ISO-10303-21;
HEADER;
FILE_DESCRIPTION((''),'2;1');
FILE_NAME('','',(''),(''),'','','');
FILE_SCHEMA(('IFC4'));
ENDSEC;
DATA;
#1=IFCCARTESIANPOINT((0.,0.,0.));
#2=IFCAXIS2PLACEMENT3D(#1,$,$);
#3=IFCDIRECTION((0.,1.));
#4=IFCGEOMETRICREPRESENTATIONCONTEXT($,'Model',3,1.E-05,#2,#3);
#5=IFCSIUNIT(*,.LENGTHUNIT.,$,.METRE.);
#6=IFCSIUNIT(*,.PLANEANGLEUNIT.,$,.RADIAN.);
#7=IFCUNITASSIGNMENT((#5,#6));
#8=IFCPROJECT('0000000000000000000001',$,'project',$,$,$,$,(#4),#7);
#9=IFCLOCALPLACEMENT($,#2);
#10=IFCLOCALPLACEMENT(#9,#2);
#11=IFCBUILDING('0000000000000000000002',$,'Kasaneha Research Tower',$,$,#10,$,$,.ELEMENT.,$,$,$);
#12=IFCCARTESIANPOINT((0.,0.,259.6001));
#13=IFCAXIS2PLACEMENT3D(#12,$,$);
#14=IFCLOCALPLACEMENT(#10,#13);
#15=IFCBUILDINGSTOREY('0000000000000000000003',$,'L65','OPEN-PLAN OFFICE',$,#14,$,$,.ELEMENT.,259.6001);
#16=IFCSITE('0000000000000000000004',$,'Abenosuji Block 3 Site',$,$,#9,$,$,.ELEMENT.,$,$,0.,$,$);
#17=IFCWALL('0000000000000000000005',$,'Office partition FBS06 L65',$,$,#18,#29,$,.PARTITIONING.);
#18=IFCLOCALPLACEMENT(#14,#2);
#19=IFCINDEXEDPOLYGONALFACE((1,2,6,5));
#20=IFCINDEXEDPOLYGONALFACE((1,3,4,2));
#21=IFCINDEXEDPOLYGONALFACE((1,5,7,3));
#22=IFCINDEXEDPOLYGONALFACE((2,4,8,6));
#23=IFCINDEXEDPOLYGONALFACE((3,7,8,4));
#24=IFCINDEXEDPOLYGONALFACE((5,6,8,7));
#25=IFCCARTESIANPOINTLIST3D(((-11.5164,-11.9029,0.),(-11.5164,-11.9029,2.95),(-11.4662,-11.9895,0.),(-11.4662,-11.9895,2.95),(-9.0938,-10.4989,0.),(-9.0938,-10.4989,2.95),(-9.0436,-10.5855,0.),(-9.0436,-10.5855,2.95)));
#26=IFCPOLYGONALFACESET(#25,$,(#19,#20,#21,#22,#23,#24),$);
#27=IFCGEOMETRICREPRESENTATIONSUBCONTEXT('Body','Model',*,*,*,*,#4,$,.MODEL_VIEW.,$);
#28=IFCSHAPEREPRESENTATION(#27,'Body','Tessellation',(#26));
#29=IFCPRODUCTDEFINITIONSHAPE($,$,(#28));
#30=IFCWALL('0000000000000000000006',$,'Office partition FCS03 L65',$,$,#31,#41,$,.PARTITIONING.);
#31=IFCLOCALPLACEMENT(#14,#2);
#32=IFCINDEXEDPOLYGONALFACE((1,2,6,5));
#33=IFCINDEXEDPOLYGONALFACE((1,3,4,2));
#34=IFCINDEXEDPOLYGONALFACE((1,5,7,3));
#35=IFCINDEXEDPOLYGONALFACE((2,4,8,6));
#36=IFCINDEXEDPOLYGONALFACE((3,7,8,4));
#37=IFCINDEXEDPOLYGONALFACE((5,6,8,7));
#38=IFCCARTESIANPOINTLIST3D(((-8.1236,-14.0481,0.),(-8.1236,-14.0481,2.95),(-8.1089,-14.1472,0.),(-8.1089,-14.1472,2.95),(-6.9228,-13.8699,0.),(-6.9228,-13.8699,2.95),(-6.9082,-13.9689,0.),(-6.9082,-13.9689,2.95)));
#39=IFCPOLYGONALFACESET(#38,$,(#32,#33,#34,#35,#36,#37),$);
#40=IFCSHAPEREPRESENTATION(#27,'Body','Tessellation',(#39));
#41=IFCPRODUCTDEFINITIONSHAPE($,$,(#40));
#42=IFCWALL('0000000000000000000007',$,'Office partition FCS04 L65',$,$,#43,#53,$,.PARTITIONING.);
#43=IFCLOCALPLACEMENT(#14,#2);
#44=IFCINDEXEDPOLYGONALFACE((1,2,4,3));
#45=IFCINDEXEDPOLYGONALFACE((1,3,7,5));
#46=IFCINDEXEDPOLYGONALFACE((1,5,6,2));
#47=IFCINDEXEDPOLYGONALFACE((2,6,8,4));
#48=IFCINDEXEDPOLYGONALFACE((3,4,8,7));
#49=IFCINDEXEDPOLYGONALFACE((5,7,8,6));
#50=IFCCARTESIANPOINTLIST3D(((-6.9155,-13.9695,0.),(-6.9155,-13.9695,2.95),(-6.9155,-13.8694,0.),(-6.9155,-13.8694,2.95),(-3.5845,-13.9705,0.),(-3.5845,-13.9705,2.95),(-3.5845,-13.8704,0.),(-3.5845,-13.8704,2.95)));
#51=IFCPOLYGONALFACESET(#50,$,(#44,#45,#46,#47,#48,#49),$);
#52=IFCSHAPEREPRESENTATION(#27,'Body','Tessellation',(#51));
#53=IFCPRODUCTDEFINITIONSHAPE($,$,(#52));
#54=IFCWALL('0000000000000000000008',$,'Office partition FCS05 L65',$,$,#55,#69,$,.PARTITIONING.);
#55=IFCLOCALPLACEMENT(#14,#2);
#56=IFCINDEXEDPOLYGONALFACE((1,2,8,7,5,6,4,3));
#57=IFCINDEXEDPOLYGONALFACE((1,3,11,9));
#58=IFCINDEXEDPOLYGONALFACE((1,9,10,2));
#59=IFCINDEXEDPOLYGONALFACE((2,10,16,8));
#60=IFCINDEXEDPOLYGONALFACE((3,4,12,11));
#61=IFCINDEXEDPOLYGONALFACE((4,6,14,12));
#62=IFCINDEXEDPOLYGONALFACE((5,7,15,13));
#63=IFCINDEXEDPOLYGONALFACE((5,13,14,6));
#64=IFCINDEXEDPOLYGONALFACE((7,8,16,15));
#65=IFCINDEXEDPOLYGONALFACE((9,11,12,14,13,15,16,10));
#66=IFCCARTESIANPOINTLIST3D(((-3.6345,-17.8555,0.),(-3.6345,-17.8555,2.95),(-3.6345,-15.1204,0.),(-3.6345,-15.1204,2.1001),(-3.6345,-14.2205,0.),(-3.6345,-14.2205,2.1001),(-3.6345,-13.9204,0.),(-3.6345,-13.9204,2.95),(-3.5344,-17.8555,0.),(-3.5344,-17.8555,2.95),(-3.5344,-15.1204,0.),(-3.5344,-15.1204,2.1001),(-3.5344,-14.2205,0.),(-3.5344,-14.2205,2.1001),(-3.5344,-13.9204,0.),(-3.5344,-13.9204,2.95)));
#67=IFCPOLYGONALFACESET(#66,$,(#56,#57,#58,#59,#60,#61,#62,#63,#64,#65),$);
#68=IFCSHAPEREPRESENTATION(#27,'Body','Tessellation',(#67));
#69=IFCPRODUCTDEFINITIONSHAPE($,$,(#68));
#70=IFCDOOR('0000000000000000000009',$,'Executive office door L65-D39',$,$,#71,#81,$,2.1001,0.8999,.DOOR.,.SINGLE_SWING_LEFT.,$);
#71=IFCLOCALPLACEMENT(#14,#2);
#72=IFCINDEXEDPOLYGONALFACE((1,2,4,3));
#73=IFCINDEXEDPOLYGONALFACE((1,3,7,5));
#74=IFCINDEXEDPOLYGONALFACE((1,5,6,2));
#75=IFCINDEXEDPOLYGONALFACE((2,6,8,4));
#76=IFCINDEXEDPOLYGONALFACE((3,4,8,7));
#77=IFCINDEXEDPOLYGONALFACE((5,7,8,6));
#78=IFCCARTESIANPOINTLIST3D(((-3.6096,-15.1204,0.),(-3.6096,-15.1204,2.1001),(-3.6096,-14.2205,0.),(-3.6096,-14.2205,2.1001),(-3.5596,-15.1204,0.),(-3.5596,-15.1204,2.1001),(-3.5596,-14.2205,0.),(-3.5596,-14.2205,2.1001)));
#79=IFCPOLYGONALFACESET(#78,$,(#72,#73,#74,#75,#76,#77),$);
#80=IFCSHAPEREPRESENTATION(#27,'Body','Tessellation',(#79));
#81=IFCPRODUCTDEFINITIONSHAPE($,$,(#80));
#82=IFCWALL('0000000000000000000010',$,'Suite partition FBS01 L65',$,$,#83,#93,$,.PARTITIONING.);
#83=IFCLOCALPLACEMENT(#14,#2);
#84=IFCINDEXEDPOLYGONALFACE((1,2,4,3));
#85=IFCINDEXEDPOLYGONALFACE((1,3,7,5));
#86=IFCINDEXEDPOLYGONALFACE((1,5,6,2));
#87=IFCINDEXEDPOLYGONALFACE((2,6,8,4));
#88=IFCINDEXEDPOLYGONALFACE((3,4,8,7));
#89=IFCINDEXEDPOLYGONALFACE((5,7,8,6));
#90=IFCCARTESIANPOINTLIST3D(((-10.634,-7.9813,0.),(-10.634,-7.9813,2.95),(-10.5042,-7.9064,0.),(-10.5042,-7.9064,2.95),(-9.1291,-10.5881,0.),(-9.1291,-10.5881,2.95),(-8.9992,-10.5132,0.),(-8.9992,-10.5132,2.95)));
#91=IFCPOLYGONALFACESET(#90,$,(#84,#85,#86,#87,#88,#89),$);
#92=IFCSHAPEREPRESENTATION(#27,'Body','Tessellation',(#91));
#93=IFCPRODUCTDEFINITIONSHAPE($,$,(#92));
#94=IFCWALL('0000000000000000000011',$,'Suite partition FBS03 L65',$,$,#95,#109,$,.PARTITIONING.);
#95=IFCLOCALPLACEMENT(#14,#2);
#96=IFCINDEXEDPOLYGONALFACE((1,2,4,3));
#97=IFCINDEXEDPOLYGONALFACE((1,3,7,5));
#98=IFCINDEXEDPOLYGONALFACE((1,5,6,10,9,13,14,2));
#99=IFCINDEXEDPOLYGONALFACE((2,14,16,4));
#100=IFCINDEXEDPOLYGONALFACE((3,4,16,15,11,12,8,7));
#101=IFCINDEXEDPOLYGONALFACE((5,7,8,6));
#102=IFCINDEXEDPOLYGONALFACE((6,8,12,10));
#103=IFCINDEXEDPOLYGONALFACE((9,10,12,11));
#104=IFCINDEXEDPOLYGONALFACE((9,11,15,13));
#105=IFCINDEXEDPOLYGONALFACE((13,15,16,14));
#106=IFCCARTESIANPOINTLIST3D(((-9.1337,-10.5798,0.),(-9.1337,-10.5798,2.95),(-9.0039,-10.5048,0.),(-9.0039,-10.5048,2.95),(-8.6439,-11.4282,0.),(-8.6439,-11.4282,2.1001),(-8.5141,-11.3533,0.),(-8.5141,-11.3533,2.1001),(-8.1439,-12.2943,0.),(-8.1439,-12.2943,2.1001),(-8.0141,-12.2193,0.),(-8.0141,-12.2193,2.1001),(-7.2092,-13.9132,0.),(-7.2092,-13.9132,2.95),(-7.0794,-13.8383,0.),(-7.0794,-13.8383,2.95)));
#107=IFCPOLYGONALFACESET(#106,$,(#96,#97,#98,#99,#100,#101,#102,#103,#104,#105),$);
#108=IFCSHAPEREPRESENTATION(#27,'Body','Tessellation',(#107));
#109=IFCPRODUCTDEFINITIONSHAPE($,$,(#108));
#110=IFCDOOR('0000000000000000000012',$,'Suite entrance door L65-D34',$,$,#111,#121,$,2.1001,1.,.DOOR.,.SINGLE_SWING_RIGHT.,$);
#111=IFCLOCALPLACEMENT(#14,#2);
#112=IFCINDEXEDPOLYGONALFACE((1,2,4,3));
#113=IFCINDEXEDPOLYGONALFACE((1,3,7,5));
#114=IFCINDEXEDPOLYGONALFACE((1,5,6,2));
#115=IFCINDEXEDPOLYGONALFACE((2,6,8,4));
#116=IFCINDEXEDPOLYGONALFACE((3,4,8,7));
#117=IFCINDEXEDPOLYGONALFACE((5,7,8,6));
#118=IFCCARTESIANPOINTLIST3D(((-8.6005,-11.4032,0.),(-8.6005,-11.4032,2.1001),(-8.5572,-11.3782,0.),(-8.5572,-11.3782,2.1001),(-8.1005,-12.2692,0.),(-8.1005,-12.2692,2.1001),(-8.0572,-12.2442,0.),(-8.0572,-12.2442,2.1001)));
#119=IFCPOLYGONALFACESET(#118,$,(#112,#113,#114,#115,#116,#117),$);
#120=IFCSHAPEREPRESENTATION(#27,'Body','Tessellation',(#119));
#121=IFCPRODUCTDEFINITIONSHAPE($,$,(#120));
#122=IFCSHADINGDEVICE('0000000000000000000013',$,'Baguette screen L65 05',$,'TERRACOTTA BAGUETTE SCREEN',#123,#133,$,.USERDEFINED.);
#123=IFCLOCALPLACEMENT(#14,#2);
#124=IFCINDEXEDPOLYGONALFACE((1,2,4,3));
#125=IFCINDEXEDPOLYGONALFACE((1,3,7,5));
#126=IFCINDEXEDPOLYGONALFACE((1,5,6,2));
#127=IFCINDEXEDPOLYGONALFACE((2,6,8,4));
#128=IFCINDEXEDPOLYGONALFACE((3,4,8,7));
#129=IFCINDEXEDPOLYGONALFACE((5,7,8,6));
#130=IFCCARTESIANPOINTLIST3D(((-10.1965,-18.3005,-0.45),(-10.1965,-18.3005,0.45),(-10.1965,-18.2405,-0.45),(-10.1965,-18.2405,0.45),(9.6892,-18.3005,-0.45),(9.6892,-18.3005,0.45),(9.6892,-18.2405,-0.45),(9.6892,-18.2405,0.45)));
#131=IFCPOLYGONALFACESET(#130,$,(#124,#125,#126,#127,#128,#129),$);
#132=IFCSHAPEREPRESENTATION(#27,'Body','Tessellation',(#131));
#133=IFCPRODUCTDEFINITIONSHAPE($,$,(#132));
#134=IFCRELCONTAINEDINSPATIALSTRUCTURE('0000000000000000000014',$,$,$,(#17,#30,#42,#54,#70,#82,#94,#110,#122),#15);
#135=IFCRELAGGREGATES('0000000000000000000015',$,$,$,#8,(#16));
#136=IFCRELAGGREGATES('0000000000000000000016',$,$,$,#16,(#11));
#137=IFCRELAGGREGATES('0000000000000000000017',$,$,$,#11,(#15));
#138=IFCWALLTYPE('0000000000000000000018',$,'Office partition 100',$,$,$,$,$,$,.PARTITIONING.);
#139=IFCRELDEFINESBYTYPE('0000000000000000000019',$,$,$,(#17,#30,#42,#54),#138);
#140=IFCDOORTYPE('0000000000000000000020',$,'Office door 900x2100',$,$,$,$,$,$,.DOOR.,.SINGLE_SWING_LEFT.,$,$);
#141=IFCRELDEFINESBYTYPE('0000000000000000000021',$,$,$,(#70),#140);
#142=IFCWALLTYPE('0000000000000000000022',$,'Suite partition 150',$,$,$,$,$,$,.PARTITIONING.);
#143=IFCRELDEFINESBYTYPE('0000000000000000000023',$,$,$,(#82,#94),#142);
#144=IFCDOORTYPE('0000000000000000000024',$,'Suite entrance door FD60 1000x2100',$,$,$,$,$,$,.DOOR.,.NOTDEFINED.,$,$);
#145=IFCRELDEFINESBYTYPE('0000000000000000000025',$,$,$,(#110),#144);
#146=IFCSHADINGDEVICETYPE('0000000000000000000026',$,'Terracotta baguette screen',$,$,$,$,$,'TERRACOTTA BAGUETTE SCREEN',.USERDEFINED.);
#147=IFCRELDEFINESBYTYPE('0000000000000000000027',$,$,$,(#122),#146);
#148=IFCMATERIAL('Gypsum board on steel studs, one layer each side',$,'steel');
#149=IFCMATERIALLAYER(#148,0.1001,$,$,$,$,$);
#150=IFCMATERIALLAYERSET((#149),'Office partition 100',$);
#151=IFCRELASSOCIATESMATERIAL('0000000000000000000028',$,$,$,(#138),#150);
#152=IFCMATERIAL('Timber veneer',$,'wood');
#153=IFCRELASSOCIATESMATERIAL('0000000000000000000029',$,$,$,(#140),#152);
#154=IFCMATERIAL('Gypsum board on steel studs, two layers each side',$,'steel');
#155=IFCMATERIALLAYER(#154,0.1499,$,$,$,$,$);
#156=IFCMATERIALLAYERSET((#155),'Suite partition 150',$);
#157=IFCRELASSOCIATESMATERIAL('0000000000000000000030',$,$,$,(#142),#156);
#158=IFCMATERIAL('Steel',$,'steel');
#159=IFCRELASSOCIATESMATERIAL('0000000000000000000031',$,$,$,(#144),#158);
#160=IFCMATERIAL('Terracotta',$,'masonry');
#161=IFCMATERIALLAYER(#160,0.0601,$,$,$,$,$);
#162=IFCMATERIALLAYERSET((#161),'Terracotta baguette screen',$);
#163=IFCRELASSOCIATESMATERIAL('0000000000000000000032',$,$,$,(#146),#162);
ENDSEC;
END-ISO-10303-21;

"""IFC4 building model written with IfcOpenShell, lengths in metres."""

from ifc_helpers import new_model, si_unit, direction, frame, frame_2d, origin, origin_2d, place, context, subcontext, project, spatial, rectangle, extrude, material, layer, layer_set, type_object, element, fill, save


model = new_model("IFC4")

# Units and contexts
model_context = context("Model", 3, precision=1e-05, world=origin(), true_north=direction((0.0, 1.0)))
body_context = subcontext(model_context, "Body", "Model", "MODEL_VIEW")
ifc_project = project(units=[si_unit("LENGTHUNIT", "METRE"), si_unit("PLANEANGLEUNIT", "RADIAN")], contexts=[model_context])

# Site, building, storey
site_placement = place(None, origin())
site = spatial("IfcSite", under=ifc_project, at=site_placement, Name="Abenosuji Block 3 Site", CompositionType="ELEMENT", RefElevation=0.0)
building_placement = place(site_placement, origin())
building = spatial("IfcBuilding", under=site, at=building_placement, Name="Kasaneha Research Tower", CompositionType="ELEMENT")
storey_placement = place(building_placement, frame((0.0, 0.0, 259.6001)))
storey = spatial("IfcBuildingStorey", under=building, at=storey_placement, Name="L65", Description="OPEN-PLAN OFFICE", CompositionType="ELEMENT", Elevation=259.6001)

# Walls
ifc_material_1 = material(Name="Gypsum board on steel studs, one layer each side", Category="steel")
ifc_layer_1 = layer(ifc_material_1, 0.1001)
ifc_layer_set_1 = layer_set([ifc_layer_1], Name="Office partition 100")
wall_type_1 = type_object("IfcWallType", Name="Office partition 100", PredefinedType="PARTITIONING", material=ifc_layer_set_1)
wall_1_placement = place(storey_placement, frame((-9.0688, -10.5422, 0.0), z_axis=(0.0, 0.0, 1.0), x_axis=(-0.865195, -0.501435, 0.0)))
element("IfcWall", 1, at=wall_1_placement, inside=storey, type_object=wall_type_1, Name="Office partition FBS06 L65", PredefinedType="PARTITIONING", context=body_context, shape_type="SweptSolid", body=[
    extrude(rectangle(XDim=2.8, YDim=0.1001, at=frame_2d((1.3999, 0.0))), origin(), (0.0, 0.0, 1.0), 2.95),
])
wall_2_placement = place(storey_placement, frame((-8.1162, -14.0977, 0.0), z_axis=(0.0, 0.0, 1.0), x_axis=(0.989162, 0.146826, 0.0)))
element("IfcWall", 2, at=wall_2_placement, inside=storey, type_object=wall_type_1, Name="Office partition FCS03 L65", PredefinedType="PARTITIONING", context=body_context, shape_type="SweptSolid", body=[
    extrude(rectangle(XDim=1.2139, YDim=0.1001, at=frame_2d((0.6069, 0.0))), origin(), (0.0, 0.0, 1.0), 2.95),
])
wall_3_placement = place(storey_placement, frame((-6.9155, -13.9194, 0.0), z_axis=(0.0, 0.0, 1.0), x_axis=(1.0, -0.000293, 0.0)))
element("IfcWall", 3, at=wall_3_placement, inside=storey, type_object=wall_type_1, Name="Office partition FCS04 L65", PredefinedType="PARTITIONING", context=body_context, shape_type="SweptSolid", body=[
    extrude(rectangle(XDim=3.3311, YDim=0.1001, at=frame_2d((1.6655, 0.0))), origin(), (0.0, 0.0, 1.0), 2.95),
])

# Wall, opening, door
wall_4_placement = place(storey_placement, frame((-3.5845, -13.9204, 0.0), z_axis=(0.0, 0.0, 1.0), x_axis=(0.0, -1.0, 0.0)))
wall_4 = element("IfcWall", 4, at=wall_4_placement, inside=storey, type_object=wall_type_1, Name="Office partition FCS05 L65", PredefinedType="PARTITIONING", context=body_context, shape_type="SweptSolid", body=[
    extrude(rectangle(XDim=3.9351, YDim=0.1001, at=frame_2d((1.9675, 0.0))), origin(), (0.0, 0.0, 1.0), 2.95),
])
opening_1_placement = place(wall_4_placement, frame((0.3, 0.0, 0.0)))
opening_1 = element("IfcOpeningElement", 5, at=opening_1_placement, cuts=wall_4, PredefinedType="OPENING", context=body_context, shape_type="SweptSolid", body=[
    extrude(rectangle(XDim=0.8999, YDim=2.1001, at=frame_2d((0.45, 1.05))), frame((0.0, 0.0601, 0.0), z_axis=(0.0, -1.0, 0.0), x_axis=(1.0, 0.0, 0.0)), (0.0, 0.0, 1.0), 0.1201),
])
ifc_material_2 = material(Name="Timber veneer", Category="wood")
door_type_1 = type_object("IfcDoorType", Name="Office door 900x2100", OperationType="SINGLE_SWING_LEFT", PredefinedType="DOOR", material=ifc_material_2)
door_1_placement = place(opening_1_placement, origin())
door_1 = element("IfcDoor", 6, at=door_1_placement, inside=storey, type_object=door_type_1, Name="Executive office door L65-D39", OperationType="SINGLE_SWING_LEFT", OverallHeight=2.1001, OverallWidth=0.8999, PredefinedType="DOOR", context=body_context, shape_type="SweptSolid", body=[
    extrude(rectangle(XDim=0.8999, YDim=2.1001, at=frame_2d((0.45, 1.05))), frame((0.0, 0.0249, 0.0), z_axis=(0.0, -1.0, 0.0), x_axis=(1.0, 0.0, 0.0)), (0.0, 0.0, 1.0), 0.05),
])
fill(opening_1, door_1)

# Wall
ifc_material_3 = material(Name="Gypsum board on steel studs, two layers each side", Category="steel")
ifc_layer_2 = layer(ifc_material_3, 0.1499)
ifc_layer_set_2 = layer_set([ifc_layer_2], Name="Suite partition 150")
wall_type_2 = type_object("IfcWallType", Name="Suite partition 150", PredefinedType="PARTITIONING", material=ifc_layer_set_2)
wall_5_placement = place(storey_placement, frame((-9.0642, -10.5505, 0.0), z_axis=(0.0, 0.0, 1.0), x_axis=(-0.499978, 0.866038, 0.0)))
element("IfcWall", 7, at=wall_5_placement, inside=storey, type_object=wall_type_2, Name="Suite partition FBS01 L65", PredefinedType="PARTITIONING", context=body_context, shape_type="SweptSolid", body=[
    extrude(rectangle(XDim=3.01, YDim=0.1499, at=frame_2d((1.5049, 0.0))), origin(), (0.0, 0.0, 1.0), 2.95),
])

# Wall, opening, door
wall_6_placement = place(storey_placement, frame((-7.1443, -13.8757, 0.0), z_axis=(0.0, 0.0, 1.0), x_axis=(-0.499993, 0.866029, 0.0)))
wall_6 = element("IfcWall", 8, at=wall_6_placement, inside=storey, type_object=wall_type_2, Name="Suite partition FBS03 L65", PredefinedType="PARTITIONING", context=body_context, shape_type="SweptSolid", body=[
    extrude(rectangle(XDim=3.8491, YDim=0.1499, at=frame_2d((1.9246, 0.0))), origin(), (0.0, 0.0, 1.0), 2.95),
])
opening_2_placement = place(wall_6_placement, frame((1.8694, 0.0, 0.0)))
opening_2 = element("IfcOpeningElement", 9, at=opening_2_placement, cuts=wall_6, PredefinedType="OPENING", context=body_context, shape_type="SweptSolid", body=[
    extrude(rectangle(XDim=1.0, YDim=2.1001, at=frame_2d((0.5, 1.05))), frame((0.0, 0.085, 0.0), z_axis=(0.0, -1.0, 0.0), x_axis=(1.0, 0.0, 0.0)), (0.0, 0.0, 1.0), 0.1699),
])
ifc_material_4 = material(Name="Steel", Category="steel")
door_type_2 = type_object("IfcDoorType", Name="Suite entrance door FD60 1000x2100", OperationType="NOTDEFINED", PredefinedType="DOOR", material=ifc_material_4)
door_2_placement = place(opening_2_placement, origin())
door_2 = element("IfcDoor", 10, at=door_2_placement, inside=storey, type_object=door_type_2, Name="Suite entrance door L65-D34", OperationType="SINGLE_SWING_RIGHT", OverallHeight=2.1001, OverallWidth=1.0, PredefinedType="DOOR", context=body_context, shape_type="SweptSolid", body=[
    extrude(rectangle(XDim=1.0, YDim=2.1001, at=frame_2d((0.5, 1.05))), frame((0.0, 0.0249, 0.0), z_axis=(0.0, -1.0, 0.0), x_axis=(1.0, 0.0, 0.0)), (0.0, 0.0, 1.0), 0.05),
])
fill(opening_2, door_2)

# Shading device
ifc_material_5 = material(Name="Terracotta", Category="masonry")
ifc_layer_3 = layer(ifc_material_5, 0.0601)
ifc_layer_set_3 = layer_set([ifc_layer_3], Name="Terracotta baguette screen")
shading_device_type = type_object("IfcShadingDeviceType", Name="Terracotta baguette screen", ElementType="TERRACOTTA BAGUETTE SCREEN", PredefinedType="USERDEFINED", material=ifc_layer_set_3)
shading_device_placement = place(storey_placement, frame((-0.2537, -18.2705, -0.45), z_axis=(0.0, 0.0, 1.0), x_axis=(1.0, 0.0, 0.0)))
element("IfcShadingDevice", 11, at=shading_device_placement, inside=storey, type_object=shading_device_type, Name="Baguette screen L65 05", ObjectType="TERRACOTTA BAGUETTE SCREEN", PredefinedType="USERDEFINED", context=body_context, shape_type="SweptSolid", body=[
    extrude(rectangle(XDim=19.8857, YDim=0.0601, at=origin_2d()), origin(), (0.0, 0.0, 1.0), 0.8999),
])

save(model, "model.ifc")
